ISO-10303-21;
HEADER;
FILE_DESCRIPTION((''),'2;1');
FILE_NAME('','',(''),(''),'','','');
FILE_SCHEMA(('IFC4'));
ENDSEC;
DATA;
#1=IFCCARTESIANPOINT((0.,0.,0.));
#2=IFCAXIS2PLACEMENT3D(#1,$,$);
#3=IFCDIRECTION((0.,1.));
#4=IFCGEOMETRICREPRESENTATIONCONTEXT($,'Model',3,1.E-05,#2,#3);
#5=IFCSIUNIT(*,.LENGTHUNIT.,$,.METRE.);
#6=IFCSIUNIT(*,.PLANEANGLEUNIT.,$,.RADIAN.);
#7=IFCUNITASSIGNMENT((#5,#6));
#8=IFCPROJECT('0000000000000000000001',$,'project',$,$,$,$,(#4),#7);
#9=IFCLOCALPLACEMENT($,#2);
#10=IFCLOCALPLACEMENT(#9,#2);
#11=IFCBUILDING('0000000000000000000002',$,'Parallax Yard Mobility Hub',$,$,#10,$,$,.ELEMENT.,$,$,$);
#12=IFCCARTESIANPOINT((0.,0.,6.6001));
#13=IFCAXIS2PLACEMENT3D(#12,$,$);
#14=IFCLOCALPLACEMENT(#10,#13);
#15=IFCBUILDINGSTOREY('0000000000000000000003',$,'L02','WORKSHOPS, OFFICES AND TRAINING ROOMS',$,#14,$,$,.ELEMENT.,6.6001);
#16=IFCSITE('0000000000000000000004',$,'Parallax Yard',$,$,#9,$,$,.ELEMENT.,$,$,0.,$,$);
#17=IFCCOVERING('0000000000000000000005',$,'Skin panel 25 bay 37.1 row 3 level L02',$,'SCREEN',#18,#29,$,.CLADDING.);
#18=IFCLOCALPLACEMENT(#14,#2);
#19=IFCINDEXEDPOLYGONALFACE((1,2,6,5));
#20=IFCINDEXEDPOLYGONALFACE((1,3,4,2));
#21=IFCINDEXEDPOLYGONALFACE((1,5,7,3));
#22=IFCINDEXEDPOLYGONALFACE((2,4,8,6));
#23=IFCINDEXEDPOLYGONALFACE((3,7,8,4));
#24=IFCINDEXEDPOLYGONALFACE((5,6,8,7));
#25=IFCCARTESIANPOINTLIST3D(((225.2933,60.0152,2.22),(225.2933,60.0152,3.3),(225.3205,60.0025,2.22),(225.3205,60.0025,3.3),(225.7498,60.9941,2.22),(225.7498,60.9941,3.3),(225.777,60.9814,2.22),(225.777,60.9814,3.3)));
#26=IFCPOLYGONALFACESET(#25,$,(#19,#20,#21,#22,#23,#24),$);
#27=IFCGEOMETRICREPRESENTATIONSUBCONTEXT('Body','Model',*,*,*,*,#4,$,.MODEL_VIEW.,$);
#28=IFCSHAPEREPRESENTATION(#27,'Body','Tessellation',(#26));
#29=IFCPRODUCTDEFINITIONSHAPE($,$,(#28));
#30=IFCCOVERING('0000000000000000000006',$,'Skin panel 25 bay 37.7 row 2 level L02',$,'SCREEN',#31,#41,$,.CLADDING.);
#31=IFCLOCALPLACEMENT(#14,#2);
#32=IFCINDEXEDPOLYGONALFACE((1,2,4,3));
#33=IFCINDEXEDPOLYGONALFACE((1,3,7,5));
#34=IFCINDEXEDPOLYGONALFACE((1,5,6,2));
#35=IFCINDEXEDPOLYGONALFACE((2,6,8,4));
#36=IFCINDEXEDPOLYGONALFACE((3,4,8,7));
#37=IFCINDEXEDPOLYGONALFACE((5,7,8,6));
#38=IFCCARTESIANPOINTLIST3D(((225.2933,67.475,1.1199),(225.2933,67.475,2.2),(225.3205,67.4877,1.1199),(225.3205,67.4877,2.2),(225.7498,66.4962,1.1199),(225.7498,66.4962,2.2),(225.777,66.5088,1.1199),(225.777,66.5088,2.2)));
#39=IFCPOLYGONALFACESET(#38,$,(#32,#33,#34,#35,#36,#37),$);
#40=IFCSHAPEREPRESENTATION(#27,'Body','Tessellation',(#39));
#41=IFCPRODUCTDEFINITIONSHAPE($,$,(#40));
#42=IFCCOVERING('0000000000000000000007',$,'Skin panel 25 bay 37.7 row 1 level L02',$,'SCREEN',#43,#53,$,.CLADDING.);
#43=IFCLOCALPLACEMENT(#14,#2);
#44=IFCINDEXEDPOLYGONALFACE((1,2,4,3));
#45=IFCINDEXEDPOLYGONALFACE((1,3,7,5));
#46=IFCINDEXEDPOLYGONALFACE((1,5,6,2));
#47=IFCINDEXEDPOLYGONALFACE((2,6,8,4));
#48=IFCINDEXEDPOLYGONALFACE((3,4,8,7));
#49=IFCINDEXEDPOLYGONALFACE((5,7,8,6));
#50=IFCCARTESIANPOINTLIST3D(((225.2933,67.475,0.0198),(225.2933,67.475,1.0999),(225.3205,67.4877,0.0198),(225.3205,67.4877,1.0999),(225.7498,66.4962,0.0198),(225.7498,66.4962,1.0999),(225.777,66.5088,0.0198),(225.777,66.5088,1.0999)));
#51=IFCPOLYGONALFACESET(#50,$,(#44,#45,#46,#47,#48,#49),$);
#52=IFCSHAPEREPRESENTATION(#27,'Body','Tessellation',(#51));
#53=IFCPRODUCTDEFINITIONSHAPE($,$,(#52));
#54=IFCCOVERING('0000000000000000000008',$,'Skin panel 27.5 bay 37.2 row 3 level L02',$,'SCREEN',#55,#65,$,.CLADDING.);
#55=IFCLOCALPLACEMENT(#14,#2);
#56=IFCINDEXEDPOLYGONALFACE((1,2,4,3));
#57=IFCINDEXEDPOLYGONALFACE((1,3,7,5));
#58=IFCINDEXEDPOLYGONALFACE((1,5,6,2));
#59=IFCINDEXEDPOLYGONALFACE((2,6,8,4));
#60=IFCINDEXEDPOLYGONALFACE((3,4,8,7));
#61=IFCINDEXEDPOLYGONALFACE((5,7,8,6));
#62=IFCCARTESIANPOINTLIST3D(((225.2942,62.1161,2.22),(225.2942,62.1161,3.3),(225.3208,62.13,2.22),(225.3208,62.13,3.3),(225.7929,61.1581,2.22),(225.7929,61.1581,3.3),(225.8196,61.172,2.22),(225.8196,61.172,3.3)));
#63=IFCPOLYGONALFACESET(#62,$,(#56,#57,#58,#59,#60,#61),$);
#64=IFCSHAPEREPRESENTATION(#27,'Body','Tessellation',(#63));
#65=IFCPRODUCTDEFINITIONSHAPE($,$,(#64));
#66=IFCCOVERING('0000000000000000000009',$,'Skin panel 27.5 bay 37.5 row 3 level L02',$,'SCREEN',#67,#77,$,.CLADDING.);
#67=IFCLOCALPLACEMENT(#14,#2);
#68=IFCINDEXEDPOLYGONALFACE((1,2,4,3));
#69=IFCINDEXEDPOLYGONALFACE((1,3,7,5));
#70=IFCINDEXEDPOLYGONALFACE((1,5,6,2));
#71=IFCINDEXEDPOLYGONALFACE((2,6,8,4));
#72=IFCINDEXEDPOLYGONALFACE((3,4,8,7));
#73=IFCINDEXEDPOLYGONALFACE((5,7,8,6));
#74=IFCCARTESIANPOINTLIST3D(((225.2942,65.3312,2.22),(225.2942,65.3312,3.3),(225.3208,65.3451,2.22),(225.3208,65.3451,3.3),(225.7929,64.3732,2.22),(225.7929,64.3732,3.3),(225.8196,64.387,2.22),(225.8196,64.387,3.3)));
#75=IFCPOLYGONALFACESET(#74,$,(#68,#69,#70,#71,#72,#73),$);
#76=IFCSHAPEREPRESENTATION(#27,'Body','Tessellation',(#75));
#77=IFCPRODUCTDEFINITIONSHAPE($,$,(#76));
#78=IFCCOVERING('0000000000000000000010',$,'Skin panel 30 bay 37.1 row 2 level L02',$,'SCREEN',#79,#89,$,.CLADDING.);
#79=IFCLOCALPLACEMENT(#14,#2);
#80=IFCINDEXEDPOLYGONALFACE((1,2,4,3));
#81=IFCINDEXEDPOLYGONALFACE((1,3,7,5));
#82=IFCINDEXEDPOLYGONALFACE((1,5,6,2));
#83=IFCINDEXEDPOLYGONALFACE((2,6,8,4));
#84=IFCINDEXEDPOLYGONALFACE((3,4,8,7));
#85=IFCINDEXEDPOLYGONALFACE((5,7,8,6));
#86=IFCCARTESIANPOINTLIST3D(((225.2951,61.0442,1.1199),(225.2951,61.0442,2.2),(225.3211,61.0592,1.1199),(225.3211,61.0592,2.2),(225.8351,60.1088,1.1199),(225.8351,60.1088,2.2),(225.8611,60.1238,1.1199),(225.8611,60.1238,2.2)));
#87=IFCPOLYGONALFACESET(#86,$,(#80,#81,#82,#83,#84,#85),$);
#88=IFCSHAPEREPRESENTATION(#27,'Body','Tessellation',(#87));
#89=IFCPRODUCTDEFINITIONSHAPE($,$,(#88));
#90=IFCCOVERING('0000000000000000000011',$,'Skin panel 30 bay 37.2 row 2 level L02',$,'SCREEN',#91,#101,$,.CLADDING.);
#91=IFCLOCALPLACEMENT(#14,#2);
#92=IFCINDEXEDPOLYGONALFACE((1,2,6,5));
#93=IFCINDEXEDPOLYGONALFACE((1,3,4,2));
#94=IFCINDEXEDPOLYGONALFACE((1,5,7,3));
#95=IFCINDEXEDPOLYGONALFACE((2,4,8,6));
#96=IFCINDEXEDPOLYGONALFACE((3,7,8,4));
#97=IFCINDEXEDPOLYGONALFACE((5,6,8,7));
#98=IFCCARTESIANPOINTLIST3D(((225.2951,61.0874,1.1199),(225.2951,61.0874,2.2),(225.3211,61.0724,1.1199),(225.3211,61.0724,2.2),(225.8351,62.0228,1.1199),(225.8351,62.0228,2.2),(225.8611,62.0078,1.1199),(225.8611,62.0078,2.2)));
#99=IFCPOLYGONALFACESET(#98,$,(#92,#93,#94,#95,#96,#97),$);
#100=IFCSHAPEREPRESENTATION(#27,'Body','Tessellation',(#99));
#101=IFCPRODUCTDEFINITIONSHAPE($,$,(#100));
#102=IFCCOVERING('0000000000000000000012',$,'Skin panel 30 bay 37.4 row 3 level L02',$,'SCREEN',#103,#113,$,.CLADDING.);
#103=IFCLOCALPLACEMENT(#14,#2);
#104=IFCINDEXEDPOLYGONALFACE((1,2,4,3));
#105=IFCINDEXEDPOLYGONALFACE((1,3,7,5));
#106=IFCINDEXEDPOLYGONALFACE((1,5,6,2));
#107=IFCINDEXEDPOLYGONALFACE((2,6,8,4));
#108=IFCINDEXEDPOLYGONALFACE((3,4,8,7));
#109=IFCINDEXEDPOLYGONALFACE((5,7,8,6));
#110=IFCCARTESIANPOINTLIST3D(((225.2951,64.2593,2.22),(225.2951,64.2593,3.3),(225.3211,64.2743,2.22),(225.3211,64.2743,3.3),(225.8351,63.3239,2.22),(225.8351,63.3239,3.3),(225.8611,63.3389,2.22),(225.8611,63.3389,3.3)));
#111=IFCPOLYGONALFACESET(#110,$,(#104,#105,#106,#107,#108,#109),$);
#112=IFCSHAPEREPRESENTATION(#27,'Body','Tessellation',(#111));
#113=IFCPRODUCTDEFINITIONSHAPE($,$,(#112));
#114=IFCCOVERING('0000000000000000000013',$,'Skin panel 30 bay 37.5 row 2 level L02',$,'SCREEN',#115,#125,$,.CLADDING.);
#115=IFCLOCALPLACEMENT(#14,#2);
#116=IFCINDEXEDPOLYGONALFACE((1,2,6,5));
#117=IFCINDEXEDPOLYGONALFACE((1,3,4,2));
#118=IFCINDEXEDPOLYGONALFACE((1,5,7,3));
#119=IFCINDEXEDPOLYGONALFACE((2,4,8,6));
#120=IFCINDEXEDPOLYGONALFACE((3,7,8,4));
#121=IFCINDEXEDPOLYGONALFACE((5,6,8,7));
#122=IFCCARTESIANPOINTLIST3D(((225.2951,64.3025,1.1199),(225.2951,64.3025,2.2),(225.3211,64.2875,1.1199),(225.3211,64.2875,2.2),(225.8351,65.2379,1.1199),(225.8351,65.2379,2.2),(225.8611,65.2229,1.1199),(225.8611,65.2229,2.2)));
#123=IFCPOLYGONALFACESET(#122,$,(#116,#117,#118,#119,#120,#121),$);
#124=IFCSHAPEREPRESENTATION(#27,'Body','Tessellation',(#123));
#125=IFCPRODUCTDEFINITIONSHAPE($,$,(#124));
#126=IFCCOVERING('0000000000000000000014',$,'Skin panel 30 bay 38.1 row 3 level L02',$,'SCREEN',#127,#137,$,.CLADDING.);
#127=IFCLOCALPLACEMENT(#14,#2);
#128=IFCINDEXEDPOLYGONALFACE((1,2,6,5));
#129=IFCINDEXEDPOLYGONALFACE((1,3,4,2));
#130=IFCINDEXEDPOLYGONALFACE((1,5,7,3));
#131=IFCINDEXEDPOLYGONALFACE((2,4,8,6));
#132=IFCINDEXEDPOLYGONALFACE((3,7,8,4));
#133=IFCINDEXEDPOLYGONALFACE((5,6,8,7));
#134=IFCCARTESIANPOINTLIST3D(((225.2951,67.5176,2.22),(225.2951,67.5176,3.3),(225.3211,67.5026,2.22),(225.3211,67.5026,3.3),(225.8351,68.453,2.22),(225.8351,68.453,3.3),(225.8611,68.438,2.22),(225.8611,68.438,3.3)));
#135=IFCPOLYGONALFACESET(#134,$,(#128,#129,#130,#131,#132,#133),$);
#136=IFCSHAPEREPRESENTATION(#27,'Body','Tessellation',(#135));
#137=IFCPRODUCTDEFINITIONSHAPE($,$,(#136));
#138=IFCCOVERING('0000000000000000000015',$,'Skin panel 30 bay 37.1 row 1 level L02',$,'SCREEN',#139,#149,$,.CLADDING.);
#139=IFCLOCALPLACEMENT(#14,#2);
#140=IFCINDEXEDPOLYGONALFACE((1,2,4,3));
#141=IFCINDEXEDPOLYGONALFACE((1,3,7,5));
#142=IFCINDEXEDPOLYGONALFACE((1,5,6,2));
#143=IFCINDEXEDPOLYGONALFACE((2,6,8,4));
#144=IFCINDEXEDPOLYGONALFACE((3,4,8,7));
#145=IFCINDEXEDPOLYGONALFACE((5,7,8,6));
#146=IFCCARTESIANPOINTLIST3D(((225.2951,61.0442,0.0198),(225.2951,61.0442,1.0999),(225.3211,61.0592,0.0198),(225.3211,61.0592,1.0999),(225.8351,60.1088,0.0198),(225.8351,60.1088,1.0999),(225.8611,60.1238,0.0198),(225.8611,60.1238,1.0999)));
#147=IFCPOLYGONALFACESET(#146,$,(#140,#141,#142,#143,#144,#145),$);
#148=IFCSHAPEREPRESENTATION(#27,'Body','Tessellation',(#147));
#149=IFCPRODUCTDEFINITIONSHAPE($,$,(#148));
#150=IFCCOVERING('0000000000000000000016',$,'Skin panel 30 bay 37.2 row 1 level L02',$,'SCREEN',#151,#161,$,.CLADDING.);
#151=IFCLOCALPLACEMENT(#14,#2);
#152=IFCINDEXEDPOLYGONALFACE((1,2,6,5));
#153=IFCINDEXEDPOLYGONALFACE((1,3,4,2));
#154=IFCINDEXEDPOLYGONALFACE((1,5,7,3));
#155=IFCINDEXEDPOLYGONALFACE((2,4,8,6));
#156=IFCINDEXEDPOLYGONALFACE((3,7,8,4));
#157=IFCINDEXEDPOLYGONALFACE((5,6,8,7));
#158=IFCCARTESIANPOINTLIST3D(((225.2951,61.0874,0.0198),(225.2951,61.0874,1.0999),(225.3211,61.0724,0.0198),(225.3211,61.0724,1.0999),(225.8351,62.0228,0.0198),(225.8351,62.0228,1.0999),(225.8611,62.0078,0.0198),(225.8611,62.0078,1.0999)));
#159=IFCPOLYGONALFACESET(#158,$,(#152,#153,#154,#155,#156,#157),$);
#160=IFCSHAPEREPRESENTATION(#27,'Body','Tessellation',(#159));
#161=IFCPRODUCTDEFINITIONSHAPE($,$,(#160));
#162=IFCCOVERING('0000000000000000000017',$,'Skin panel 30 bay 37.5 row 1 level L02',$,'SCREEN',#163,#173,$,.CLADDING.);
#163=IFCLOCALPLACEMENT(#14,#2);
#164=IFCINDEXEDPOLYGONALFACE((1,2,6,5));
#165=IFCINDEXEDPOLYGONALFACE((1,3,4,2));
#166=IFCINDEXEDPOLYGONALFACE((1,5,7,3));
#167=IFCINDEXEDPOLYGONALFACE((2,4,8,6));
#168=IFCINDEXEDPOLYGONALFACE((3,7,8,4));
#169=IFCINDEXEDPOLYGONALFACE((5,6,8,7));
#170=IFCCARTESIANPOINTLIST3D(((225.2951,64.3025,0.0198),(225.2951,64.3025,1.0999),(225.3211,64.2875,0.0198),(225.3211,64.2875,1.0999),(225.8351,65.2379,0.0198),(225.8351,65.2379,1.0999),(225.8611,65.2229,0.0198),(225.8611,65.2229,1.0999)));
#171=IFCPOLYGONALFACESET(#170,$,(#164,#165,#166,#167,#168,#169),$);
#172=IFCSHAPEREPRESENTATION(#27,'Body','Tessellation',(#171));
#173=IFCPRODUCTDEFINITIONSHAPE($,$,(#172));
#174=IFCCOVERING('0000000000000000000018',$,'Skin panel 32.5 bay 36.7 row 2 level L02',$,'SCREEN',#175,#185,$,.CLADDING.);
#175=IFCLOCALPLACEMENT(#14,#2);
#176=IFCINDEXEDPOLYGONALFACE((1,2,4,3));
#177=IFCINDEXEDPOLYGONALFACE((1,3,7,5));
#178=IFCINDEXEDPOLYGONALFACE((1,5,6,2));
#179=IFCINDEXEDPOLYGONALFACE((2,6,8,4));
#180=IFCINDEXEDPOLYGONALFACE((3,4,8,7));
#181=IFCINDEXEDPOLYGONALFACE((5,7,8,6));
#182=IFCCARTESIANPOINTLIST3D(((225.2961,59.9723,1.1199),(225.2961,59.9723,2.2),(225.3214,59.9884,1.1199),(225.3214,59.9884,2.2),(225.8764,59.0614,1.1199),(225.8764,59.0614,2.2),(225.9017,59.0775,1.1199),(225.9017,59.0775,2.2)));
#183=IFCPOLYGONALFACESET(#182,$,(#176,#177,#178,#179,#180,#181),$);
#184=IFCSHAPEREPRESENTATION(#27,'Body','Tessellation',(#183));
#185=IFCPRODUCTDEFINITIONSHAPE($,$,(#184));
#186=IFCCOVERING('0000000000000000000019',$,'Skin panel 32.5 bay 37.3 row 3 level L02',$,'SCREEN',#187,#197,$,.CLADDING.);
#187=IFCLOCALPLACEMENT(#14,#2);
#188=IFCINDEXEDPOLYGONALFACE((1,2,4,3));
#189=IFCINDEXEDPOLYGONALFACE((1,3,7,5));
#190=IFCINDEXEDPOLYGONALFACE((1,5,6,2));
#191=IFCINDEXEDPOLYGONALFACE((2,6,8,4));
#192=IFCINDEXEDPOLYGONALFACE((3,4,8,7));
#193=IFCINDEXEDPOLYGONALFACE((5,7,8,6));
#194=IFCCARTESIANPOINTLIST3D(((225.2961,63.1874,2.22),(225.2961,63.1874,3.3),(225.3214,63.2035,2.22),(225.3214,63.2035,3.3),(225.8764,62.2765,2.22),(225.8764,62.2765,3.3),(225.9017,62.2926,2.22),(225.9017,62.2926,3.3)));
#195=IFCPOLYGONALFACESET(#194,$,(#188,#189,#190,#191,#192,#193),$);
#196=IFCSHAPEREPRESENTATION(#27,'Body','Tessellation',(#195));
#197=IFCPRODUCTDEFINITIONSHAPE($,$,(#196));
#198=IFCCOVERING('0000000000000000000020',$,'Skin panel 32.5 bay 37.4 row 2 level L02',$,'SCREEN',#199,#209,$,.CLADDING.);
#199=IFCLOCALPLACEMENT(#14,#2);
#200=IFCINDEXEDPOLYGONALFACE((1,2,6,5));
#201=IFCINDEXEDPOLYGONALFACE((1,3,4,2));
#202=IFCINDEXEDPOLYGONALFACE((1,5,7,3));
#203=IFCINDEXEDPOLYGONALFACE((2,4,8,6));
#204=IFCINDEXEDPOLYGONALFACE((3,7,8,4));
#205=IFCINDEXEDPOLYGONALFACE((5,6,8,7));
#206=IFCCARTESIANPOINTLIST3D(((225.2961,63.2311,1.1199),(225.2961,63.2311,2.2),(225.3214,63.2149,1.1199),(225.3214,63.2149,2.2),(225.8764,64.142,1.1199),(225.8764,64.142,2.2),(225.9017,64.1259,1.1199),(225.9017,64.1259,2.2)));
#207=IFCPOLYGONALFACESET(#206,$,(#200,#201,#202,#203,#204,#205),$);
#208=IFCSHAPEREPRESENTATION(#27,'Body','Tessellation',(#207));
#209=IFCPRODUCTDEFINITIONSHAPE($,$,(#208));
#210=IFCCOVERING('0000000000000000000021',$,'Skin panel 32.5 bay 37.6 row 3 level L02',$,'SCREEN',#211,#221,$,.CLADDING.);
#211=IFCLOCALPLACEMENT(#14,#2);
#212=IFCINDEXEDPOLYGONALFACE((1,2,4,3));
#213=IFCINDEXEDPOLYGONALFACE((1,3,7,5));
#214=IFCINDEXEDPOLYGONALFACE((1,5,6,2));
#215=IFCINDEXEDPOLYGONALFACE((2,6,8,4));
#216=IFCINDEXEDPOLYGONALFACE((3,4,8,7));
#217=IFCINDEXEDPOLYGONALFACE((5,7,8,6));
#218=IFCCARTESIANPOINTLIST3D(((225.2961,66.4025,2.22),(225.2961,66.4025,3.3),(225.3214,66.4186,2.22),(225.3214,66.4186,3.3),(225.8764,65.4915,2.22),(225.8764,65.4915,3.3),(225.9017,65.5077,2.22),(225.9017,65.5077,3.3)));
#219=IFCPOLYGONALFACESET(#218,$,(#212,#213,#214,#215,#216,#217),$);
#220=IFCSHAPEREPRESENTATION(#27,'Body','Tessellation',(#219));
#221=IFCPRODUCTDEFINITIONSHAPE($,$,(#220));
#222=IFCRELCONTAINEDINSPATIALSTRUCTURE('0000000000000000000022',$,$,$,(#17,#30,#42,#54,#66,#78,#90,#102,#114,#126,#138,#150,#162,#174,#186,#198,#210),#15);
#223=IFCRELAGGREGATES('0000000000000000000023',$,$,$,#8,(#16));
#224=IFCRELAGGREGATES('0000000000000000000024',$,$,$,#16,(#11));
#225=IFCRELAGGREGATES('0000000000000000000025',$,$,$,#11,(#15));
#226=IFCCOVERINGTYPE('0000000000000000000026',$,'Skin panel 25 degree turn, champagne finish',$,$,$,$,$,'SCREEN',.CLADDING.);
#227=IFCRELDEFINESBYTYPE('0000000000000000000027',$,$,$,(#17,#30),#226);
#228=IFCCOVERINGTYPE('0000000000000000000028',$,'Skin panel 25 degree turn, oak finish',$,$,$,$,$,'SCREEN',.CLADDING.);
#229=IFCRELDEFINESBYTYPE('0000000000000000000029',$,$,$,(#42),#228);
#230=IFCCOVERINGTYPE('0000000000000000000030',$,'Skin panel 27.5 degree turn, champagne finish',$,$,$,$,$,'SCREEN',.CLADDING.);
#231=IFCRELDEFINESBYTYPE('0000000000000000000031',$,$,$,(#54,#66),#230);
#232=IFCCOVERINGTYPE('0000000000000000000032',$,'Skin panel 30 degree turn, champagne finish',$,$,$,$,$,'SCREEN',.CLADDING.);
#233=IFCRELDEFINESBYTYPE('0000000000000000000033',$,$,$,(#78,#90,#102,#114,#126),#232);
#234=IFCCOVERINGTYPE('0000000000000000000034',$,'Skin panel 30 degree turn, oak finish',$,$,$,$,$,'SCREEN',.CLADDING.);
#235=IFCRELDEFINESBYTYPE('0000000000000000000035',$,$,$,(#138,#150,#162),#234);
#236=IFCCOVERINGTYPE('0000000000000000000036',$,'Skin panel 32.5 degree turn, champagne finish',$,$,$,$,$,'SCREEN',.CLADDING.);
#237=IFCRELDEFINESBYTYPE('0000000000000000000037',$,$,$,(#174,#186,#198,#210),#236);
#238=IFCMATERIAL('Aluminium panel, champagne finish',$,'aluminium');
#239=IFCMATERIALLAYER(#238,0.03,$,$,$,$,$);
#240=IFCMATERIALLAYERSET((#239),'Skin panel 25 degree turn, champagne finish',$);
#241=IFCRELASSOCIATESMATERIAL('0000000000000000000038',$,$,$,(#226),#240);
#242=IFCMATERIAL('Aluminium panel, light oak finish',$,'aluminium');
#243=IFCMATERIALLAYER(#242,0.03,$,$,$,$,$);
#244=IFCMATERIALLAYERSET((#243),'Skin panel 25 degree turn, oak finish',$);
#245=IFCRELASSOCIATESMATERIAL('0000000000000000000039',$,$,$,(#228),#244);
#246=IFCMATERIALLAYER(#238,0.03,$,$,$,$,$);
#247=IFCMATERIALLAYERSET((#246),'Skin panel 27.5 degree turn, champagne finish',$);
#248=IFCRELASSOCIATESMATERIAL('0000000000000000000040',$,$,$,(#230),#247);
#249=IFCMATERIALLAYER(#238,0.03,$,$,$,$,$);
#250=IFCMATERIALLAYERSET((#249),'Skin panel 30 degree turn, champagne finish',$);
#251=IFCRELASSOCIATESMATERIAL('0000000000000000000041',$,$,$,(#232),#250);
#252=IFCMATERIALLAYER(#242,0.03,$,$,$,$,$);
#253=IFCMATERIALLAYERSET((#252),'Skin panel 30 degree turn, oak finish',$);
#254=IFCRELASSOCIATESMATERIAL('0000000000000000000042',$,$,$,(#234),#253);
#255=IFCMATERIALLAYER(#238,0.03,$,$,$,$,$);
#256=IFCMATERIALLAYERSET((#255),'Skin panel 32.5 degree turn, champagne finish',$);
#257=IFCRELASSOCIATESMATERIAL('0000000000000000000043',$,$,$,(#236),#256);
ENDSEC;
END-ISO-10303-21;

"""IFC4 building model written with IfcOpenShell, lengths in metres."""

from ifc_helpers import new_model, si_unit, direction, frame, origin, origin_2d, place, context, subcontext, project, spatial, rectangle, extrude, material, layer, layer_set, type_object, element, save


model = new_model("IFC4")

# Units and contexts
model_context = context("Model", 3, precision=1e-05, world=origin(), true_north=direction((0.0, 1.0)))
body_context = subcontext(model_context, "Body", "Model", "MODEL_VIEW")
ifc_project = project(units=[si_unit("LENGTHUNIT", "METRE"), si_unit("PLANEANGLEUNIT", "RADIAN")], contexts=[model_context])

# Site, building, storey
site_placement = place(None, origin())
site = spatial("IfcSite", under=ifc_project, at=site_placement, Name="Parallax Yard", CompositionType="ELEMENT", RefElevation=0.0)
building_placement = place(site_placement, origin())
building = spatial("IfcBuilding", under=site, at=building_placement, Name="Parallax Yard Mobility Hub", CompositionType="ELEMENT")
storey_placement = place(building_placement, frame((0.0, 0.0, 6.6001)))
storey = spatial("IfcBuildingStorey", under=building, at=storey_placement, Name="L02", Description="WORKSHOPS, OFFICES AND TRAINING ROOMS", CompositionType="ELEMENT", Elevation=6.6001)

# Coverings
ifc_material_1 = material(Name="Aluminium panel, champagne finish", Category="aluminium")
ifc_layer_1 = layer(ifc_material_1, 0.03)
ifc_layer_set_1 = layer_set([ifc_layer_1], Name="Skin panel 25 degree turn, champagne finish")
covering_type_1 = type_object("IfcCoveringType", Name="Skin panel 25 degree turn, champagne finish", ElementType="SCREEN", PredefinedType="CLADDING", material=ifc_layer_set_1)
for number, where, z_axis, x_axis, name in (
    (1, (225.5352, 60.4983, 2.22), (0.0, 0.0, 1.0), (0.422618, 0.906308, 0.0), "Skin panel 25 bay 37.1 row 3 level L02"),
    (2, (225.5352, 66.9919, 1.1199), (0.0, 0.0, 1.0), (0.422618, -0.906308, 0.0), "Skin panel 25 bay 37.7 row 2 level L02"),
):
    element("IfcCovering", number, at=place(storey_placement, frame(where, z_axis=z_axis, x_axis=x_axis)), inside=storey, type_object=covering_type_1, Name=name, ObjectType="SCREEN", PredefinedType="CLADDING", context=body_context, shape_type="SweptSolid", body=[
        extrude(rectangle(XDim=1.0801, YDim=0.03, at=origin_2d()), origin(), (0.0, 0.0, 1.0), 1.0801),
    ])
ifc_material_2 = material(Name="Aluminium panel, light oak finish", Category="aluminium")
ifc_layer_2 = layer(ifc_material_2, 0.03)
ifc_layer_set_2 = layer_set([ifc_layer_2], Name="Skin panel 25 degree turn, oak finish")
covering_type_2 = type_object("IfcCoveringType", Name="Skin panel 25 degree turn, oak finish", ElementType="SCREEN", PredefinedType="CLADDING", material=ifc_layer_set_2)
covering_1_placement = place(storey_placement, frame((225.5352, 66.9919, 0.0198), z_axis=(0.0, 0.0, 1.0), x_axis=(0.422618, -0.906308, 0.0)))
element("IfcCovering", 3, at=covering_1_placement, inside=storey, type_object=covering_type_2, Name="Skin panel 25 bay 37.7 row 1 level L02", ObjectType="SCREEN", PredefinedType="CLADDING", context=body_context, shape_type="SweptSolid", body=[
    extrude(rectangle(XDim=1.0801, YDim=0.03, at=origin_2d()), origin(), (0.0, 0.0, 1.0), 1.0801),
])
ifc_layer_3 = layer(ifc_material_1, 0.03)
ifc_layer_set_3 = layer_set([ifc_layer_3], Name="Skin panel 27.5 degree turn, champagne finish")
covering_type_3 = type_object("IfcCoveringType", Name="Skin panel 27.5 degree turn, champagne finish", ElementType="SCREEN", PredefinedType="CLADDING", material=ifc_layer_set_3)
for number, where, z_axis, x_axis, name in (
    (4, (225.5569, 61.644, 2.22), (0.0, 0.0, 1.0), (0.461749, -0.887011, 0.0), "Skin panel 27.5 bay 37.2 row 3 level L02"),
    (5, (225.5569, 64.8591, 2.22), (0.0, 0.0, 1.0), (0.461749, -0.887011, 0.0), "Skin panel 27.5 bay 37.5 row 3 level L02"),
):
    element("IfcCovering", number, at=place(storey_placement, frame(where, z_axis=z_axis, x_axis=x_axis)), inside=storey, type_object=covering_type_3, Name=name, ObjectType="SCREEN", PredefinedType="CLADDING", context=body_context, shape_type="SweptSolid", body=[
        extrude(rectangle(XDim=1.0801, YDim=0.03, at=origin_2d()), origin(), (0.0, 0.0, 1.0), 1.0801),
    ])
ifc_layer_4 = layer(ifc_material_1, 0.03)
ifc_layer_set_4 = layer_set([ifc_layer_4], Name="Skin panel 30 degree turn, champagne finish")
covering_type_4 = type_object("IfcCoveringType", Name="Skin panel 30 degree turn, champagne finish", ElementType="SCREEN", PredefinedType="CLADDING", material=ifc_layer_set_4)
for number, where, z_axis, x_axis, name in (
    (6, (225.5781, 60.584, 1.1199), (0.0, 0.0, 1.0), (0.5, -0.866025, 0.0), "Skin panel 30 bay 37.1 row 2 level L02"),
    (7, (225.5781, 61.5476, 1.1199), (0.0, 0.0, 1.0), (0.5, 0.866025, 0.0), "Skin panel 30 bay 37.2 row 2 level L02"),
    (8, (225.5781, 63.7991, 2.22), (0.0, 0.0, 1.0), (0.5, -0.866025, 0.0), "Skin panel 30 bay 37.4 row 3 level L02"),
    (9, (225.5781, 64.7627, 1.1199), (0.0, 0.0, 1.0), (0.5, 0.866025, 0.0), "Skin panel 30 bay 37.5 row 2 level L02"),
    (10, (225.5781, 67.9778, 2.22), (0.0, 0.0, 1.0), (0.5, 0.866025, 0.0), "Skin panel 30 bay 38.1 row 3 level L02"),
):
    element("IfcCovering", number, at=place(storey_placement, frame(where, z_axis=z_axis, x_axis=x_axis)), inside=storey, type_object=covering_type_4, Name=name, ObjectType="SCREEN", PredefinedType="CLADDING", context=body_context, shape_type="SweptSolid", body=[
        extrude(rectangle(XDim=1.0801, YDim=0.03, at=origin_2d()), origin(), (0.0, 0.0, 1.0), 1.0801),
    ])
ifc_layer_5 = layer(ifc_material_2, 0.03)
ifc_layer_set_5 = layer_set([ifc_layer_5], Name="Skin panel 30 degree turn, oak finish")
covering_type_5 = type_object("IfcCoveringType", Name="Skin panel 30 degree turn, oak finish", ElementType="SCREEN", PredefinedType="CLADDING", material=ifc_layer_set_5)
for number, where, z_axis, x_axis, name in (
    (11, (225.5781, 60.584, 0.0198), (0.0, 0.0, 1.0), (0.5, -0.866025, 0.0), "Skin panel 30 bay 37.1 row 1 level L02"),
    (12, (225.5781, 61.5476, 0.0198), (0.0, 0.0, 1.0), (0.5, 0.866025, 0.0), "Skin panel 30 bay 37.2 row 1 level L02"),
    (13, (225.5781, 64.7627, 0.0198), (0.0, 0.0, 1.0), (0.5, 0.866025, 0.0), "Skin panel 30 bay 37.5 row 1 level L02"),
):
    element("IfcCovering", number, at=place(storey_placement, frame(where, z_axis=z_axis, x_axis=x_axis)), inside=storey, type_object=covering_type_5, Name=name, ObjectType="SCREEN", PredefinedType="CLADDING", context=body_context, shape_type="SweptSolid", body=[
        extrude(rectangle(XDim=1.0801, YDim=0.03, at=origin_2d()), origin(), (0.0, 0.0, 1.0), 1.0801),
    ])
ifc_layer_6 = layer(ifc_material_1, 0.03)
ifc_layer_set_6 = layer_set([ifc_layer_6], Name="Skin panel 32.5 degree turn, champagne finish")
covering_type_6 = type_object("IfcCoveringType", Name="Skin panel 32.5 degree turn, champagne finish", ElementType="SCREEN", PredefinedType="CLADDING", material=ifc_layer_set_6)
for number, where, z_axis, x_axis, name in (
    (14, (225.5989, 59.5249, 1.1199), (0.0, 0.0, 1.0), (0.5373, -0.843391, 0.0), "Skin panel 32.5 bay 36.7 row 2 level L02"),
    (15, (225.5989, 62.74, 2.22), (0.0, 0.0, 1.0), (0.5373, -0.843391, 0.0), "Skin panel 32.5 bay 37.3 row 3 level L02"),
    (16, (225.5989, 63.6785, 1.1199), (0.0, 0.0, 1.0), (0.5373, 0.843391, 0.0), "Skin panel 32.5 bay 37.4 row 2 level L02"),
    (17, (225.5989, 65.9551, 2.22), (0.0, 0.0, 1.0), (0.5373, -0.843391, 0.0), "Skin panel 32.5 bay 37.6 row 3 level L02"),
):
    element("IfcCovering", number, at=place(storey_placement, frame(where, z_axis=z_axis, x_axis=x_axis)), inside=storey, type_object=covering_type_6, Name=name, ObjectType="SCREEN", PredefinedType="CLADDING", context=body_context, shape_type="SweptSolid", body=[
        extrude(rectangle(XDim=1.0801, YDim=0.03, at=origin_2d()), origin(), (0.0, 0.0, 1.0), 1.0801),
    ])

save(model, "model.ifc")
